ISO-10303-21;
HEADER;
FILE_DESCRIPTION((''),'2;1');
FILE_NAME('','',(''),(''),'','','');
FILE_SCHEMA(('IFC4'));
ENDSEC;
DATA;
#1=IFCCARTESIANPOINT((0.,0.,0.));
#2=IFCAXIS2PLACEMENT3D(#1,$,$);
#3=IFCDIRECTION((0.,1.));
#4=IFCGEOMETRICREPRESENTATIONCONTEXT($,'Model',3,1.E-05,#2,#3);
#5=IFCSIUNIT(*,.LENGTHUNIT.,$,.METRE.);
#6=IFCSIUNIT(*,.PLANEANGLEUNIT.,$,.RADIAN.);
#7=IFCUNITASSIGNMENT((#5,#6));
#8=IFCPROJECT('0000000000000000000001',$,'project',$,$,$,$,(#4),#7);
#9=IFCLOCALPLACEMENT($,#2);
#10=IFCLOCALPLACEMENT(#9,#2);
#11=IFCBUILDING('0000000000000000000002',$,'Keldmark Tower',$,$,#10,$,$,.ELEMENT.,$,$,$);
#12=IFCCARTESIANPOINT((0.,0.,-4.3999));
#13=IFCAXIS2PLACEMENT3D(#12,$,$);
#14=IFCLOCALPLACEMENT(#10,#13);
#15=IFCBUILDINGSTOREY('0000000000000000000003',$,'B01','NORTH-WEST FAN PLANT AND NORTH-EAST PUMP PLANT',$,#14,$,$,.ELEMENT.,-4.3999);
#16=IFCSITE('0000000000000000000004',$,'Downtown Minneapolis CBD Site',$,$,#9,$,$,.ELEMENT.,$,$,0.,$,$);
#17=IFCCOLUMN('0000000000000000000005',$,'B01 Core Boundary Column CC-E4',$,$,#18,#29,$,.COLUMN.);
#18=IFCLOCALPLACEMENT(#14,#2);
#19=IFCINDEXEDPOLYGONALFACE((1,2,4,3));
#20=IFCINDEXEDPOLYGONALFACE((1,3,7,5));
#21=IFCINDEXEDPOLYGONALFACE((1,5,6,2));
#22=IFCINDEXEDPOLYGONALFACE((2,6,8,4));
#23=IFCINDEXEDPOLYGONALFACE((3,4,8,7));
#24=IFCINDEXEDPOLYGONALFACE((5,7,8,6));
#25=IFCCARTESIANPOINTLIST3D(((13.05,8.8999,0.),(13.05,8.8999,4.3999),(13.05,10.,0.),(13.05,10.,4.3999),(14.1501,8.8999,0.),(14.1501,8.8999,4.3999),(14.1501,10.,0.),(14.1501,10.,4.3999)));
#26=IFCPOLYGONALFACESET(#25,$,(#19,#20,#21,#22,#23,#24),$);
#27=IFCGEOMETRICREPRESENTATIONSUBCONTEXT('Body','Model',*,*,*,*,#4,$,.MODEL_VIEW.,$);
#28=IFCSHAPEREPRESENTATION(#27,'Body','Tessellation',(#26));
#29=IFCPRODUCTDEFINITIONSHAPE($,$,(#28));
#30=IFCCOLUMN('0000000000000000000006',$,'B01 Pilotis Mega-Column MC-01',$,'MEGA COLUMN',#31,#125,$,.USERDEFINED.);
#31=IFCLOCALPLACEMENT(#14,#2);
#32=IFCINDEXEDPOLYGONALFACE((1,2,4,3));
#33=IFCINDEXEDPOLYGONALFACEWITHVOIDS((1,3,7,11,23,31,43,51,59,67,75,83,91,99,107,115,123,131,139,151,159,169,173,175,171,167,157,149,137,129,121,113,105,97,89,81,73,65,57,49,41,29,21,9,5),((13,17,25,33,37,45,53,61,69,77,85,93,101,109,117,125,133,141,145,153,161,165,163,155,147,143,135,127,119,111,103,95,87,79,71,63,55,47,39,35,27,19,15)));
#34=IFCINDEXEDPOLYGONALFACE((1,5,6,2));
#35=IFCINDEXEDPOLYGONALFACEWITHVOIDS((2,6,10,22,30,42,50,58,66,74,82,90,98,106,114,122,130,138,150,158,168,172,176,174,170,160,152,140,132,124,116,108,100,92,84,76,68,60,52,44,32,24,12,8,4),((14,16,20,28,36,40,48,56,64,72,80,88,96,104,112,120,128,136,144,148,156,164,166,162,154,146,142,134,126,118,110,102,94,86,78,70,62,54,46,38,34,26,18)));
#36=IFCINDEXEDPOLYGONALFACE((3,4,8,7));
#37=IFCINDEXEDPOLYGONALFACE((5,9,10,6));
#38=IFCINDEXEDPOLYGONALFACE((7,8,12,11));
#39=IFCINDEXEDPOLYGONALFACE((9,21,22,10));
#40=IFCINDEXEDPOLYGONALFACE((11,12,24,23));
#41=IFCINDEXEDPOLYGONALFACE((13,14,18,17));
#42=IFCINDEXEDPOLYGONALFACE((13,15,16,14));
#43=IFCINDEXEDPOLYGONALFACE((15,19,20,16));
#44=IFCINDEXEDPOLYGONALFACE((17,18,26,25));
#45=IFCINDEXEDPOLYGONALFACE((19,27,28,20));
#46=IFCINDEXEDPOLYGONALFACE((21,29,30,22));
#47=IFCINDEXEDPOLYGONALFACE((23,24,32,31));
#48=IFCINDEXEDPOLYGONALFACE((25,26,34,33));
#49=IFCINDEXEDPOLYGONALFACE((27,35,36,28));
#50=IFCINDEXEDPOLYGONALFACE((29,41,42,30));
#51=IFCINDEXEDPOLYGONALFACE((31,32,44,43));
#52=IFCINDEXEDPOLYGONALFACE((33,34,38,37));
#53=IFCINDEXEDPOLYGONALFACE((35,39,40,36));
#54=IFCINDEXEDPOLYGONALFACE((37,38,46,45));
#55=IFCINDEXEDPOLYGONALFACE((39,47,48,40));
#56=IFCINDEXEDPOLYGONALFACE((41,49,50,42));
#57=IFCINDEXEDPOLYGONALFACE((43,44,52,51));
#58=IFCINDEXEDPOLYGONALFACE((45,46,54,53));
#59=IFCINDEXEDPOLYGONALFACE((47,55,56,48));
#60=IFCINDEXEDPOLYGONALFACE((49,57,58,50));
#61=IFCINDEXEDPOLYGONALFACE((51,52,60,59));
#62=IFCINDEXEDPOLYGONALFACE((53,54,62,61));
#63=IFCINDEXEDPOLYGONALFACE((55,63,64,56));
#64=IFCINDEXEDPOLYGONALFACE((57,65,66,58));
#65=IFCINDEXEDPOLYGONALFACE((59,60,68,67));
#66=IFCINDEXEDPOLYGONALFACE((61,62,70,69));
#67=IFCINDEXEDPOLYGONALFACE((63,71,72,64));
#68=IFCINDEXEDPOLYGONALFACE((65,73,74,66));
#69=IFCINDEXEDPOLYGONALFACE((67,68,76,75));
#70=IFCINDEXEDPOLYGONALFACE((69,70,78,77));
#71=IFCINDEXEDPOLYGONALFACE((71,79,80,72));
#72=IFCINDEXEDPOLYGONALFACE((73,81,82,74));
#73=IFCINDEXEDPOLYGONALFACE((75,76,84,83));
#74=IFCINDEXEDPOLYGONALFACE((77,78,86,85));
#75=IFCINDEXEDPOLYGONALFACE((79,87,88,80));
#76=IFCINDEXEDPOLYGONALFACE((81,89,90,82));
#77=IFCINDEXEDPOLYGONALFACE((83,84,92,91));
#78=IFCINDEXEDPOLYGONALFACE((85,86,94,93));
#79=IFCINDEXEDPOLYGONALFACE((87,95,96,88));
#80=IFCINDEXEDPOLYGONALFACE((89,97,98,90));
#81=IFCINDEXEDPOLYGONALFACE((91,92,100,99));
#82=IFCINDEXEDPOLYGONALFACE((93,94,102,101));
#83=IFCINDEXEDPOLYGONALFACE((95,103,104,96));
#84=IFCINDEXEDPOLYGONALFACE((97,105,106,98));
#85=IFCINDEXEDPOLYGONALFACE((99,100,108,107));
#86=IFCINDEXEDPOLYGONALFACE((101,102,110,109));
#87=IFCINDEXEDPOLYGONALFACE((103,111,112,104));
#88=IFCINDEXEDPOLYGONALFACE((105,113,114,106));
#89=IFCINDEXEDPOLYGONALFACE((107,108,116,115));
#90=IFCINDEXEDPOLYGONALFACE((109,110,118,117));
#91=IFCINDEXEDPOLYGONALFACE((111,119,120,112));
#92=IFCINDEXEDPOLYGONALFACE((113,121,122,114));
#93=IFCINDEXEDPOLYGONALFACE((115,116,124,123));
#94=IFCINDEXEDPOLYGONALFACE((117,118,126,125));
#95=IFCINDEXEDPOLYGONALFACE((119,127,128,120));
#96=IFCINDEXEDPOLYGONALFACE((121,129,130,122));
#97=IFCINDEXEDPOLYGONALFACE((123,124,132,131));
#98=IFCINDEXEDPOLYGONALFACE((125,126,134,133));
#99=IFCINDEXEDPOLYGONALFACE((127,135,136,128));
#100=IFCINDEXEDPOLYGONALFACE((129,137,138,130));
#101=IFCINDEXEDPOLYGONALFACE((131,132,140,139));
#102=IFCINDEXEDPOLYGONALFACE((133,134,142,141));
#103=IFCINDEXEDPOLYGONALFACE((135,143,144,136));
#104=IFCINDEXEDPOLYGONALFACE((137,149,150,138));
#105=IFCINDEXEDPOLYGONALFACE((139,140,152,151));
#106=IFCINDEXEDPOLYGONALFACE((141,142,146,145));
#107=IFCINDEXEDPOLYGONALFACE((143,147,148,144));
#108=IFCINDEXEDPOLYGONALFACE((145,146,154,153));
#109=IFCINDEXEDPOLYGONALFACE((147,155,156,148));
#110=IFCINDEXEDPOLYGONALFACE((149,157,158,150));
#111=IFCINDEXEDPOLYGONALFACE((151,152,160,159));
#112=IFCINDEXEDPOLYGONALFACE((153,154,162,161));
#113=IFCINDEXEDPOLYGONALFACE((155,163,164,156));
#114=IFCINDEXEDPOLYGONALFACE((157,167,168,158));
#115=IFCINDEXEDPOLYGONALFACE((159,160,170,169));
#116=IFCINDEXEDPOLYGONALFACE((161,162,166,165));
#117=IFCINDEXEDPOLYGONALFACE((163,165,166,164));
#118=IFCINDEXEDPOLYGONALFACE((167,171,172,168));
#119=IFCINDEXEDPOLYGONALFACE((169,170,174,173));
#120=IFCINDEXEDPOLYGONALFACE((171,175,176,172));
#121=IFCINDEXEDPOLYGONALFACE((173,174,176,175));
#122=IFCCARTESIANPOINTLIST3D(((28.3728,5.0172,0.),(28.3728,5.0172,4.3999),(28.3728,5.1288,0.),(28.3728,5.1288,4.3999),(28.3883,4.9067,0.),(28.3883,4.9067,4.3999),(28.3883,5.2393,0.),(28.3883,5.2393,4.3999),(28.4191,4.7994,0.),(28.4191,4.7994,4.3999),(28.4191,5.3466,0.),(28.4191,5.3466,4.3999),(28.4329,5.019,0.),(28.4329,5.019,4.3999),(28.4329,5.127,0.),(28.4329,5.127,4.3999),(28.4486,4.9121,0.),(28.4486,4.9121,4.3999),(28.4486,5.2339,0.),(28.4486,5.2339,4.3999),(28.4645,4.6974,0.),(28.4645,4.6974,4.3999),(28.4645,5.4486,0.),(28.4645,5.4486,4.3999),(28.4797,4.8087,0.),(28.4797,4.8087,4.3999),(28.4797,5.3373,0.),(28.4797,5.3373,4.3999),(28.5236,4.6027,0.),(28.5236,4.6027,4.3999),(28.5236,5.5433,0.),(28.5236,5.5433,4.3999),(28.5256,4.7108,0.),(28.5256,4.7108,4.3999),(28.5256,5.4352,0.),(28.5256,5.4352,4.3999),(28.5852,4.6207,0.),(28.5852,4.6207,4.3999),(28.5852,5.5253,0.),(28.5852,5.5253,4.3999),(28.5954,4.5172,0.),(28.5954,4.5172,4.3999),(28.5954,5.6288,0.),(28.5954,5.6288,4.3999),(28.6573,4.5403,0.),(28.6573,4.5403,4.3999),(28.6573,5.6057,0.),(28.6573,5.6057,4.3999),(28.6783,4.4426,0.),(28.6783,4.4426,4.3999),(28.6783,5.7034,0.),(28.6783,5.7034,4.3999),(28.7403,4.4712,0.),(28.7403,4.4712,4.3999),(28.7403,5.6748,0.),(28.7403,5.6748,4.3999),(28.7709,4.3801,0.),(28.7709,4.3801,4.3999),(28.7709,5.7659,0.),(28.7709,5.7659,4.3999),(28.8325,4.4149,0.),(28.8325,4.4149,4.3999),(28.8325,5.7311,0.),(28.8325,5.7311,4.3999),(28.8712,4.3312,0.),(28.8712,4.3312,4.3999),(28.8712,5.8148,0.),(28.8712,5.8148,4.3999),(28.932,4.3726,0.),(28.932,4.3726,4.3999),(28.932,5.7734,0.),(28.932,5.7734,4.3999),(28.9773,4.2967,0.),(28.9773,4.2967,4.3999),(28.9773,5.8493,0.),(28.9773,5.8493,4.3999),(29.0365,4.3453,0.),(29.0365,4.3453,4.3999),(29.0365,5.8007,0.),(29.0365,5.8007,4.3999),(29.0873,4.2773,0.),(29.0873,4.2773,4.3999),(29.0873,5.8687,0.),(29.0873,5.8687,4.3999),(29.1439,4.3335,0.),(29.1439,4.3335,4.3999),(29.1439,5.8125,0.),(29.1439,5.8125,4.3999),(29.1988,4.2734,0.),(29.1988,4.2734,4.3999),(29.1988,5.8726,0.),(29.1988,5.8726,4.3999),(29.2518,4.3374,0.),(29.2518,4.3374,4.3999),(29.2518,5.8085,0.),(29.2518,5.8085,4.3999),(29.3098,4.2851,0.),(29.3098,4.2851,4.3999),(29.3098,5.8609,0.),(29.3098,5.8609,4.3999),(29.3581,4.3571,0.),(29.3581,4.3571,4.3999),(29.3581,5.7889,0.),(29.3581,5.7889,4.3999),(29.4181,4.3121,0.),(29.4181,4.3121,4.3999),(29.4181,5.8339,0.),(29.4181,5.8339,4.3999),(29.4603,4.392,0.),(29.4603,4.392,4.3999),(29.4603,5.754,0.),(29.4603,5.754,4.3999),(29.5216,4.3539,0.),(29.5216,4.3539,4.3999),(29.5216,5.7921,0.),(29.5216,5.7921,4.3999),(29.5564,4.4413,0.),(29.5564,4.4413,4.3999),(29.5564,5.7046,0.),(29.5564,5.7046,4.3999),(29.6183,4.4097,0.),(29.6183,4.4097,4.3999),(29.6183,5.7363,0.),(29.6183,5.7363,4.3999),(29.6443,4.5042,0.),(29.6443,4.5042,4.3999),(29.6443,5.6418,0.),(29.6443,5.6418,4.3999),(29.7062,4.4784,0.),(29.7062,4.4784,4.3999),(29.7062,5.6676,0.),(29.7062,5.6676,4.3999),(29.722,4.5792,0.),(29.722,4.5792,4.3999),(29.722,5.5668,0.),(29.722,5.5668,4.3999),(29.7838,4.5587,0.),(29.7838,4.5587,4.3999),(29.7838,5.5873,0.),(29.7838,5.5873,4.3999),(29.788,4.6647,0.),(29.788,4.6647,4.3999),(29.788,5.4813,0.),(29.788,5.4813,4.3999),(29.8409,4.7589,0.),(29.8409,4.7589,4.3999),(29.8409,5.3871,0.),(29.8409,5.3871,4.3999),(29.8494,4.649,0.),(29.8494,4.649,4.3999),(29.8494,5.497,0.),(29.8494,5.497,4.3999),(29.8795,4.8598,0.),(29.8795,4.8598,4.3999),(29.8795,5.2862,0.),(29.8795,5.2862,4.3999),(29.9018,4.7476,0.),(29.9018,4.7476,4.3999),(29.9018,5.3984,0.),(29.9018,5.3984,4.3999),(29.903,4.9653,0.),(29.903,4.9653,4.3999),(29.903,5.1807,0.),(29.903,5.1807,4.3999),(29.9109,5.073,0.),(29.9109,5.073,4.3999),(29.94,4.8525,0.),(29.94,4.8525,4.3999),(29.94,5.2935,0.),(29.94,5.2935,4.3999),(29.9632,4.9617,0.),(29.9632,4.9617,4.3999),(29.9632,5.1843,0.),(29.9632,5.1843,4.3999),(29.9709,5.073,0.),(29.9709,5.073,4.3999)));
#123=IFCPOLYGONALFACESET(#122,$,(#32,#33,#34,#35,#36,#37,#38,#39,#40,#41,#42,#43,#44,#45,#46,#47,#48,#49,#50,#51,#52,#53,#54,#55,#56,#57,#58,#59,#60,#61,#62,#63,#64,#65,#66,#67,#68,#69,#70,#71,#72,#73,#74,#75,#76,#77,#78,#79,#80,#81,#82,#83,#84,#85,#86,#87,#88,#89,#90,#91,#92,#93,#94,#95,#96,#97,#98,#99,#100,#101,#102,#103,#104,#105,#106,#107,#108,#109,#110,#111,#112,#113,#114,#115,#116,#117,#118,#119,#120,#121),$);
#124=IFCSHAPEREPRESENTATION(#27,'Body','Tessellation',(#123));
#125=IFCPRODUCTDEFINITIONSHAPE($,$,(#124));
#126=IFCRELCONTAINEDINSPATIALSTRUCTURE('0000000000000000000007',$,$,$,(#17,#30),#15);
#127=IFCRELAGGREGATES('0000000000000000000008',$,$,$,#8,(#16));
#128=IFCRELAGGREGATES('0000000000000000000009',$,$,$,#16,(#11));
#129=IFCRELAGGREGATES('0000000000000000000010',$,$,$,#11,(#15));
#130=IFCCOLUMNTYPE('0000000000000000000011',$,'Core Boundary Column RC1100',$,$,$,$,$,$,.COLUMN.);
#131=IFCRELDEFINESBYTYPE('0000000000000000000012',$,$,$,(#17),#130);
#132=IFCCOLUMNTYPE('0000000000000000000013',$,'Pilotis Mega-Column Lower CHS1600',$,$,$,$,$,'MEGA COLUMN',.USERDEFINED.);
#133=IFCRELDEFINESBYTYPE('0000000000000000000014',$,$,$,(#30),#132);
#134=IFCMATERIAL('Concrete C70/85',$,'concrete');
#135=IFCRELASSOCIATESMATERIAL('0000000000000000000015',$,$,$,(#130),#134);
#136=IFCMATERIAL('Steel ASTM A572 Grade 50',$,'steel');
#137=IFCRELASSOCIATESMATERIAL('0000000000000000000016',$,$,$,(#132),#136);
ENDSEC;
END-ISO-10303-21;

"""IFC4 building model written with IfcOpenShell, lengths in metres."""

from ifc_helpers import new_model, si_unit, direction, frame, origin, origin_2d, place, context, subcontext, project, spatial, rectangle, hollow_circle, extrude, material, material_profile, profile_set, type_object, element, save


model = new_model("IFC4")

# Units and contexts
model_context = context("Model", 3, precision=1e-05, world=origin(), true_north=direction((0.0, 1.0)))
body_context = subcontext(model_context, "Body", "Model", "MODEL_VIEW")
ifc_project = project(units=[si_unit("LENGTHUNIT", "METRE"), si_unit("PLANEANGLEUNIT", "RADIAN")], contexts=[model_context])

# Site, building, storey
site_placement = place(None, origin())
site = spatial("IfcSite", under=ifc_project, at=site_placement, Name="Downtown Minneapolis CBD Site", CompositionType="ELEMENT", RefElevation=0.0)
building_placement = place(site_placement, origin())
building = spatial("IfcBuilding", under=site, at=building_placement, Name="Keldmark Tower", CompositionType="ELEMENT")
storey_placement = place(building_placement, frame((0.0, 0.0, -4.3999)))
storey = spatial("IfcBuildingStorey", under=building, at=storey_placement, Name="B01", Description="NORTH-WEST FAN PLANT AND NORTH-EAST PUMP PLANT", CompositionType="ELEMENT", Elevation=-4.3999)

# Columns
ifc_material_1 = material(Name="Concrete C70/85", Category="concrete")
ifc_material_profile_1 = material_profile(ifc_material_1, rectangle(XDim=1.1001, YDim=1.1001, at=origin_2d()), Name="RC1100X1100")
ifc_profile_set_1 = profile_set([ifc_material_profile_1], Name="Concrete C70/85")
column_type_1 = type_object("IfcColumnType", Name="Core Boundary Column RC1100", PredefinedType="COLUMN", material=ifc_profile_set_1)
column_placement = place(storey_placement, frame((13.6001, 9.45, 0.0), z_axis=(0.0, 0.0, 1.0), x_axis=(1.0, 0.0, 0.0)))
element("IfcColumn", 1, at=column_placement, inside=storey, type_object=column_type_1, Name="B01 Core Boundary Column CC-E4", PredefinedType="COLUMN", context=body_context, shape_type="SweptSolid", body=[
    extrude(rectangle(XDim=1.1001, YDim=1.1001, at=origin_2d()), origin(), (0.0, 0.0, 1.0), 4.3999),
])
ifc_material_2 = material(Name="Steel ASTM A572 Grade 50", Category="steel")
ifc_material_profile_2 = material_profile(ifc_material_2, hollow_circle(Radius=0.8, WallThickness=0.0601, at=origin_2d()), Name="CHS1600X60")
ifc_profile_set_2 = profile_set([ifc_material_profile_2], Name="Steel ASTM A572 Grade 50")
column_type_2 = type_object("IfcColumnType", Name="Pilotis Mega-Column Lower CHS1600", ElementType="MEGA COLUMN", PredefinedType="USERDEFINED", material=ifc_profile_set_2)
for number, where, z_axis, x_axis, name in (
    (2, (29.1709, 5.073, 0.0), (0.0, 0.0, 1.0), (1.0, 0.0, 0.0), "B01 Pilotis Mega-Column MC-01"),
):
    element("IfcColumn", number, at=place(storey_placement, frame(where, z_axis=z_axis, x_axis=x_axis)), inside=storey, type_object=column_type_2, Name=name, ObjectType="MEGA COLUMN", PredefinedType="USERDEFINED", context=body_context, shape_type="SweptSolid", body=[
        extrude(hollow_circle(Radius=0.8, WallThickness=0.0601, at=origin_2d()), origin(), (0.0, 0.0, 1.0), 4.3999),
    ])

save(model, "model.ifc")
